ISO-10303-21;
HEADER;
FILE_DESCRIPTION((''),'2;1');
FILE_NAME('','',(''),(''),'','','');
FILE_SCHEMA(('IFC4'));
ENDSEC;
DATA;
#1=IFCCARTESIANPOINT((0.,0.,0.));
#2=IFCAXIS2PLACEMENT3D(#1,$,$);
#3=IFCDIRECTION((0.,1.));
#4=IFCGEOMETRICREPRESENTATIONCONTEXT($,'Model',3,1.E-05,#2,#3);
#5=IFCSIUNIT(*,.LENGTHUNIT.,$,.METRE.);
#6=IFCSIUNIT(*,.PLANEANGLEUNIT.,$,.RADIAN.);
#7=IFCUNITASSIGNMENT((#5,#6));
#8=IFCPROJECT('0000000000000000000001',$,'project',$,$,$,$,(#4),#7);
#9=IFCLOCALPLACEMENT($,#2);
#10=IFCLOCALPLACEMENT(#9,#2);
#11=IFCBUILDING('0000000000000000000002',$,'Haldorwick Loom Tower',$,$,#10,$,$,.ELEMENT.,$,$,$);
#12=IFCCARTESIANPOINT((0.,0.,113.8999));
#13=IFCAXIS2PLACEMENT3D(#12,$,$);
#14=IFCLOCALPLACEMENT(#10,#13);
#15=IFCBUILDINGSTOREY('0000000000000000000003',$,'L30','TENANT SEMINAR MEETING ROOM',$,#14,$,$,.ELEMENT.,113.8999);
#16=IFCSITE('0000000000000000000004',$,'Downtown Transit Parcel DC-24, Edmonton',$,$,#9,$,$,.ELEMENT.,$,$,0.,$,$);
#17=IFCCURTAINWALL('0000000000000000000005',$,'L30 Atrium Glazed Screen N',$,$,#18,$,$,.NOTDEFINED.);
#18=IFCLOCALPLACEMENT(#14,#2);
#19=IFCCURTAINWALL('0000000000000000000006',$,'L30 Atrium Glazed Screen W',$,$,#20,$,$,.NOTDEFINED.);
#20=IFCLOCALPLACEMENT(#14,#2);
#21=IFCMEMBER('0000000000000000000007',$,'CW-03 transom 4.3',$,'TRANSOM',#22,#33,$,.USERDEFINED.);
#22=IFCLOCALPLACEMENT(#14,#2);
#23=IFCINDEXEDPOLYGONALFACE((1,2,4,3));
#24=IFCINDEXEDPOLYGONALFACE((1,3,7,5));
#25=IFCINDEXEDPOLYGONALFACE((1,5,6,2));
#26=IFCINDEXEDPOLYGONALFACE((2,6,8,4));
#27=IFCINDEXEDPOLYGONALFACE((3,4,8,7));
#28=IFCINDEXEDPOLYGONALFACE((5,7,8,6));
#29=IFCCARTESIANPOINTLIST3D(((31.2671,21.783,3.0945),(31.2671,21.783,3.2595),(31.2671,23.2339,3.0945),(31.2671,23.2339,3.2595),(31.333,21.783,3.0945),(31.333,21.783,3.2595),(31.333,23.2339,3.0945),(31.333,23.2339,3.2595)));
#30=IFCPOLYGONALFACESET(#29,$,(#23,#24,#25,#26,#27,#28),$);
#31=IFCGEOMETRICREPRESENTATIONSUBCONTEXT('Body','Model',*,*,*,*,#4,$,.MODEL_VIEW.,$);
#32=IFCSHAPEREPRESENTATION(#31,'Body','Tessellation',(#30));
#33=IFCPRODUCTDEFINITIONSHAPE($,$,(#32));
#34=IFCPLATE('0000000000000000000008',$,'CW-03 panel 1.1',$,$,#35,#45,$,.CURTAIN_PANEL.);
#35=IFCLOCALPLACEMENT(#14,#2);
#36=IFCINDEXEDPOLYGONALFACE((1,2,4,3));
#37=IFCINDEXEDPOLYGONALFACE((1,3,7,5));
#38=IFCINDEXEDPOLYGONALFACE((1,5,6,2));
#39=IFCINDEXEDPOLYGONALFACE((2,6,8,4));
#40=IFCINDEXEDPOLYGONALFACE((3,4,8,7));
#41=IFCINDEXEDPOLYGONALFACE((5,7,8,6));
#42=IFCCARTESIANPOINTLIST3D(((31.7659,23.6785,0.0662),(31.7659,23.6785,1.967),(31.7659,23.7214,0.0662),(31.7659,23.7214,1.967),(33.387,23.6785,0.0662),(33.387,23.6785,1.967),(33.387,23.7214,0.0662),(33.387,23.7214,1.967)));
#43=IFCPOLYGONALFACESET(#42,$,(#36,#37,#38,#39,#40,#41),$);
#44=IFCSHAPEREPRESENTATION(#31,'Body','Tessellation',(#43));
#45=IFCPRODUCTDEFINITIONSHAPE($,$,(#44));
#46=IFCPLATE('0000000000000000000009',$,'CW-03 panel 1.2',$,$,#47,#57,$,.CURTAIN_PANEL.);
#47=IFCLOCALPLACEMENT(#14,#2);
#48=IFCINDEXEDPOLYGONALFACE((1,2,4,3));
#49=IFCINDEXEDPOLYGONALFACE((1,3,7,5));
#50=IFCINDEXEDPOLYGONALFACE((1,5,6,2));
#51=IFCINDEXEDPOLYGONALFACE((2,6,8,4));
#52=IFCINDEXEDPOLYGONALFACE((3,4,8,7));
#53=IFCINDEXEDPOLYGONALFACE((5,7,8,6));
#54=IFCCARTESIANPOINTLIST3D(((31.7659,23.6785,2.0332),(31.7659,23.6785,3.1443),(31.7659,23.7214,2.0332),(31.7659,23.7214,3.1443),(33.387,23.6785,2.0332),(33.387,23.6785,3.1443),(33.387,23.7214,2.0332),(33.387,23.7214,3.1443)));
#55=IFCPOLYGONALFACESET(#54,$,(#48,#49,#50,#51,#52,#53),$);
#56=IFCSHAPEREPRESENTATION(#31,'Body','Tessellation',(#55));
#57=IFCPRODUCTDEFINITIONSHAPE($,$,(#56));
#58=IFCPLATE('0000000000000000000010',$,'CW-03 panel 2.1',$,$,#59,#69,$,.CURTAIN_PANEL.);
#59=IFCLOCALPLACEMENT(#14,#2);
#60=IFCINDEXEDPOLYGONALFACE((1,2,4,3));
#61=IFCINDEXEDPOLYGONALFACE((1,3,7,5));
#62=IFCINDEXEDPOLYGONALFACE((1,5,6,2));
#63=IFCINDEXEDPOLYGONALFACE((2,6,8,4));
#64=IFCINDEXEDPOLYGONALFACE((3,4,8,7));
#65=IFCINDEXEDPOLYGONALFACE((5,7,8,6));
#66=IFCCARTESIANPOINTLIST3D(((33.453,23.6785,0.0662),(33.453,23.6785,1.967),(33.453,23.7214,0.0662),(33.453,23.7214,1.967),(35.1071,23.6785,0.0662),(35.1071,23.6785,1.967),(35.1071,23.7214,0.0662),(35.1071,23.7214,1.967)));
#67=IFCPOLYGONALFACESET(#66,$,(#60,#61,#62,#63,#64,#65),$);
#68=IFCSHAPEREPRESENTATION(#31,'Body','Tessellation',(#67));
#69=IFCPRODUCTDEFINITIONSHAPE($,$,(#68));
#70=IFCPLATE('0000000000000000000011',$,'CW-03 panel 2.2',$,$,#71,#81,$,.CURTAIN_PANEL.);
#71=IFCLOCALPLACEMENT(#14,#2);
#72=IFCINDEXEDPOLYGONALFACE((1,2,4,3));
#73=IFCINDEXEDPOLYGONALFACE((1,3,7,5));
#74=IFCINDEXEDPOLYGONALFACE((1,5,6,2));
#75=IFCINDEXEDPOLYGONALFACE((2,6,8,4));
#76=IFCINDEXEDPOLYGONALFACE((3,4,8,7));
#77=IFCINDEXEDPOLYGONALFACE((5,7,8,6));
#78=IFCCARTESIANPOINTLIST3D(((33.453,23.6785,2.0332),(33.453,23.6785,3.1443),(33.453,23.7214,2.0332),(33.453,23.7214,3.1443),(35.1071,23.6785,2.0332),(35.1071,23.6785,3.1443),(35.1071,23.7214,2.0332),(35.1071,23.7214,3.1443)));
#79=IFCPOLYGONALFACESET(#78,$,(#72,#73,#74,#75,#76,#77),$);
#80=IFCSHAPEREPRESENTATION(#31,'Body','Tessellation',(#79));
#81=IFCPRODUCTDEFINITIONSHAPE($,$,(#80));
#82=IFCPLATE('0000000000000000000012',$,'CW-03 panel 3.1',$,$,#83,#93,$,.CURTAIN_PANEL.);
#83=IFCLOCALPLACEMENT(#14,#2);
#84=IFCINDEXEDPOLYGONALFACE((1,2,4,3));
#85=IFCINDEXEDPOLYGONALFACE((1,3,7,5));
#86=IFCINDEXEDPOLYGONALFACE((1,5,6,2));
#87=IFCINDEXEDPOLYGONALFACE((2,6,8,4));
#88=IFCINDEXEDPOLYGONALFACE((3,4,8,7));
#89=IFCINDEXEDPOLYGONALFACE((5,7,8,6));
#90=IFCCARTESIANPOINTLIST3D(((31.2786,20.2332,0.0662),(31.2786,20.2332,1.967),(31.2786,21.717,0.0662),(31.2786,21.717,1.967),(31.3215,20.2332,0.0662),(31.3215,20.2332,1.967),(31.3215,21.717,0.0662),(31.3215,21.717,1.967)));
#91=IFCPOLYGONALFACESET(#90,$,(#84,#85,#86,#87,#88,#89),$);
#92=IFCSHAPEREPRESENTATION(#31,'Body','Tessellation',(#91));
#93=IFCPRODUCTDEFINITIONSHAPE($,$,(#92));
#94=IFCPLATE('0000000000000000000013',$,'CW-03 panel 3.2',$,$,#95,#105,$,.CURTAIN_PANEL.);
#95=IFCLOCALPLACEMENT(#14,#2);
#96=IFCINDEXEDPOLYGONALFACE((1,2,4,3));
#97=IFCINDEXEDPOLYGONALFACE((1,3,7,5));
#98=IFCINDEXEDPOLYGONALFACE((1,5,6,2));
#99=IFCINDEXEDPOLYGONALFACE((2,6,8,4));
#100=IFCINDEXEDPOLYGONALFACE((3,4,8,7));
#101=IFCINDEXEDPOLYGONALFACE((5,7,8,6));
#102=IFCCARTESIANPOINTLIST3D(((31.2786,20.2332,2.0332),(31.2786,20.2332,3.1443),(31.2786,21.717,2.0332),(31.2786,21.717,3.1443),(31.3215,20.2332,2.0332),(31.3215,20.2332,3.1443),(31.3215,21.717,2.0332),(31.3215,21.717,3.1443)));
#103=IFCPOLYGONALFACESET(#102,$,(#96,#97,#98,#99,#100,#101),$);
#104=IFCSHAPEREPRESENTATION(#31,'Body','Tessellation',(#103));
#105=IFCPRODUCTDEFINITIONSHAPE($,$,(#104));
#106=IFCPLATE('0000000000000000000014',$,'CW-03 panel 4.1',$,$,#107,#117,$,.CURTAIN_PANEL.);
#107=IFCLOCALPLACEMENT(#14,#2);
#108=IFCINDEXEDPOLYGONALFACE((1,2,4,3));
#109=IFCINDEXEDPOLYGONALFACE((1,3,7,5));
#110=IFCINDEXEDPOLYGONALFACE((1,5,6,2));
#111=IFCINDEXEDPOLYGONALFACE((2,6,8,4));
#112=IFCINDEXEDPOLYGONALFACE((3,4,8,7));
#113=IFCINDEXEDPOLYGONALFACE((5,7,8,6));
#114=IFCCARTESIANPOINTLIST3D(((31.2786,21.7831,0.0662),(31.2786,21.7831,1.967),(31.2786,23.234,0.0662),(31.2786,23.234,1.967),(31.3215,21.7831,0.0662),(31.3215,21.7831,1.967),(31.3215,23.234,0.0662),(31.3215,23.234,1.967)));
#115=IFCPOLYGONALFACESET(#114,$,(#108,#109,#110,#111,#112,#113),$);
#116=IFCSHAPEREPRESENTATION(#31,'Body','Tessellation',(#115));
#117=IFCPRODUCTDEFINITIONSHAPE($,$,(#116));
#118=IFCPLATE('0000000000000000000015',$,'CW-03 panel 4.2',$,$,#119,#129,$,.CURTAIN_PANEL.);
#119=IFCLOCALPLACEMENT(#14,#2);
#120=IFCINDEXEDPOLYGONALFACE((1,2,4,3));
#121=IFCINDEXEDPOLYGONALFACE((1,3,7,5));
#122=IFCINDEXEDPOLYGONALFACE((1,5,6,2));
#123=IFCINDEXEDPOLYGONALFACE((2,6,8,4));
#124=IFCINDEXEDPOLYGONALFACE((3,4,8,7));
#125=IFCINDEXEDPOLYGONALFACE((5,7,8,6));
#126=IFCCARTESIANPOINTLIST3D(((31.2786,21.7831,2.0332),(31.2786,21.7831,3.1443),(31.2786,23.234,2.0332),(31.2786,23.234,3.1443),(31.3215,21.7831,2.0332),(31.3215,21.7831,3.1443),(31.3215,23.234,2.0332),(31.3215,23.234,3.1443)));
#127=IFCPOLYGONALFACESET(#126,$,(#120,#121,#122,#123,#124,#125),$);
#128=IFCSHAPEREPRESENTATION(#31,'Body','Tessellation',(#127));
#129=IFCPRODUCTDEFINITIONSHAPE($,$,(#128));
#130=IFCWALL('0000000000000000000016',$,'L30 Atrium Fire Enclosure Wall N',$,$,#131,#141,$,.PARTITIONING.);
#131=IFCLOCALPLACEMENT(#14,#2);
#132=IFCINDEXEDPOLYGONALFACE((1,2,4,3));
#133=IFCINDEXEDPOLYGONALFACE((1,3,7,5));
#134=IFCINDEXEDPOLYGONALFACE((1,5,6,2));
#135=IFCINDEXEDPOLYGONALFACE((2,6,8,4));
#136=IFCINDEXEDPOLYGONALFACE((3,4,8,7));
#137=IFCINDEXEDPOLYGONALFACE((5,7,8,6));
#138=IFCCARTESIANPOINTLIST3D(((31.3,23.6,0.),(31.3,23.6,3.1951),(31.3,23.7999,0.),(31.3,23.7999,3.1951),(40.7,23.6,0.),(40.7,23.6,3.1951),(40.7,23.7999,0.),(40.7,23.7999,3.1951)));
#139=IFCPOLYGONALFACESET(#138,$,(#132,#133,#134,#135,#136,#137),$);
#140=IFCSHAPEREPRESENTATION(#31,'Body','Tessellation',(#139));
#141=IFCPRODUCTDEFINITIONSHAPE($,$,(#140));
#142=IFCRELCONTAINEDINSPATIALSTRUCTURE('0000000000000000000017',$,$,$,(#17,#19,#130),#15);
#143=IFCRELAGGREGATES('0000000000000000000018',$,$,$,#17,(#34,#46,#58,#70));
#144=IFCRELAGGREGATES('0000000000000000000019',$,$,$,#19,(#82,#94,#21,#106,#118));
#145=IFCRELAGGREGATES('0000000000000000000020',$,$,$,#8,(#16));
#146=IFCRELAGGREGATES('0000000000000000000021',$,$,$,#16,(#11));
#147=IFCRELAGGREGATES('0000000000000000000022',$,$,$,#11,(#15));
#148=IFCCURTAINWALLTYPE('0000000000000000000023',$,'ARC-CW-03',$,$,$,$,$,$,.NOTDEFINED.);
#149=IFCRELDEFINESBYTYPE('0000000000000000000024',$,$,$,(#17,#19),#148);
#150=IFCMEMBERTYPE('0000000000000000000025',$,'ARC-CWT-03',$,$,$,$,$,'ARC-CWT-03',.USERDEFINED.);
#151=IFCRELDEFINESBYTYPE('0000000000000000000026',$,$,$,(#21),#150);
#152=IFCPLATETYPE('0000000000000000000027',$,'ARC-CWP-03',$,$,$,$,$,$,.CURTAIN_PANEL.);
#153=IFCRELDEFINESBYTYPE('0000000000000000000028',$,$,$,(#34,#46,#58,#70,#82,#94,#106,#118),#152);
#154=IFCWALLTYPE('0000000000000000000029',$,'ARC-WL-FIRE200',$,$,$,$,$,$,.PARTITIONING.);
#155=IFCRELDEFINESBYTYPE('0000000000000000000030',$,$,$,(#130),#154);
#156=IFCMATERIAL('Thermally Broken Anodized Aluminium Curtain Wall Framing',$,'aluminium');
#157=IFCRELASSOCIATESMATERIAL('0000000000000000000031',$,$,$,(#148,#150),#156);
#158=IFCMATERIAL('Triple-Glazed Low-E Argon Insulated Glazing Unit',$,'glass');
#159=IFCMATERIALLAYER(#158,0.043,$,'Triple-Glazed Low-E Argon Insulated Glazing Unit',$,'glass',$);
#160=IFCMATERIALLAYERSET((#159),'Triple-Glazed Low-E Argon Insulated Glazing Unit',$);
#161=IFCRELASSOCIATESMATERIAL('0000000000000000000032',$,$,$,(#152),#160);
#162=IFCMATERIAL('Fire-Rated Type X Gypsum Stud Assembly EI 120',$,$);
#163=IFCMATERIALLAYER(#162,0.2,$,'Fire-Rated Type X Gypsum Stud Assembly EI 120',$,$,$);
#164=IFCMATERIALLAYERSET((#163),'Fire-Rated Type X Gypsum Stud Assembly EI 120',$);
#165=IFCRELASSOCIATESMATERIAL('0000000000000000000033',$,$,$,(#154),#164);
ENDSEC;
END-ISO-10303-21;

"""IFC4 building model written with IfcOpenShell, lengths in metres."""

from ifc_helpers import new_model, si_unit, direction, frame, frame_2d, origin, origin_2d, place, context, subcontext, project, spatial, rectangle, extrude, material, layer, layer_set, material_profile, profile_set, type_object, element, aggregate, save


model = new_model("IFC4")

# Units and contexts
model_context = context("Model", 3, precision=1e-05, world=origin(), true_north=direction((0.0, 1.0)))
body_context = subcontext(model_context, "Body", "Model", "MODEL_VIEW")
ifc_project = project(units=[si_unit("LENGTHUNIT", "METRE"), si_unit("PLANEANGLEUNIT", "RADIAN")], contexts=[model_context])

# Site, building, storey
site_placement = place(None, origin())
site = spatial("IfcSite", under=ifc_project, at=site_placement, Name="Downtown Transit Parcel DC-24, Edmonton", CompositionType="ELEMENT", RefElevation=0.0)
building_placement = place(site_placement, origin())
building = spatial("IfcBuilding", under=site, at=building_placement, Name="Haldorwick Loom Tower", CompositionType="ELEMENT")
storey_placement = place(building_placement, frame((0.0, 0.0, 113.8999)))
storey = spatial("IfcBuildingStorey", under=building, at=storey_placement, Name="L30", Description="TENANT SEMINAR MEETING ROOM", CompositionType="ELEMENT", Elevation=113.8999)

# Curtain walls
ifc_material_1 = material(Name="Thermally Broken Anodized Aluminium Curtain Wall Framing", Category="aluminium")
curtain_wall_type = type_object("IfcCurtainWallType", Name="ARC-CW-03", PredefinedType="NOTDEFINED", material=ifc_material_1)
curtain_wall_1_placement = place(storey_placement, origin())
curtain_wall_1 = element("IfcCurtainWall", 1, at=curtain_wall_1_placement, inside=storey, type_object=curtain_wall_type, Name="L30 Atrium Glazed Screen N", PredefinedType="NOTDEFINED")
curtain_wall_2_placement = place(storey_placement, origin())
curtain_wall_2 = element("IfcCurtainWall", 2, at=curtain_wall_2_placement, inside=storey, type_object=curtain_wall_type, Name="L30 Atrium Glazed Screen W", PredefinedType="NOTDEFINED")

# Member
ifc_material_profile_1 = material_profile(ifc_material_1, rectangle(XDim=0.0659, YDim=0.165, at=origin_2d()), Name="ALU_TRN_66X165", Category="aluminium")
ifc_profile_set_1 = profile_set([ifc_material_profile_1], Name="Thermally Broken Anodized Aluminium Curtain Wall Framing")
member_type_1 = type_object("IfcMemberType", Name="ARC-CWT-03", ElementType="ARC-CWT-03", PredefinedType="USERDEFINED", material=ifc_profile_set_1)
member_1_placement = place(storey_placement, frame((31.3, 21.783, 3.177), z_axis=(0.0, 1.0, 0.0), x_axis=(-1.0, 0.0, 0.0)))
member_1 = element("IfcMember", 3, at=member_1_placement, type_object=member_type_1, Name="CW-03 transom 4.3", ObjectType="TRANSOM", PredefinedType="USERDEFINED", context=body_context, shape_type="SweptSolid", body=[
    extrude(rectangle(XDim=0.0659, YDim=0.165, at=origin_2d()), origin(), (0.0, 0.0, 1.0), 1.4509),
])

# Plates
ifc_material_2 = material(Name="Triple-Glazed Low-E Argon Insulated Glazing Unit", Category="glass")
ifc_layer_1 = layer(ifc_material_2, 0.043, Name="Triple-Glazed Low-E Argon Insulated Glazing Unit", Category="glass")
ifc_layer_set_1 = layer_set([ifc_layer_1], Name="Triple-Glazed Low-E Argon Insulated Glazing Unit")
plate_type = type_object("IfcPlateType", Name="ARC-CWP-03", PredefinedType="CURTAIN_PANEL", material=ifc_layer_set_1)
plate_1_placement = place(storey_placement, frame((32.5764, 23.7, 0.0662), z_axis=(0.0, 0.0, 1.0), x_axis=(1.0, 0.0, 0.0)))
plate_1 = element("IfcPlate", 4, at=plate_1_placement, type_object=plate_type, Name="CW-03 panel 1.1", PredefinedType="CURTAIN_PANEL", context=body_context, shape_type="SweptSolid", body=[
    extrude(rectangle(XDim=1.6211, YDim=0.043, at=origin_2d()), origin(), (0.0, 0.0, 1.0), 1.9009),
])
plate_2_placement = place(storey_placement, frame((32.5764, 23.7, 2.0332), z_axis=(0.0, 0.0, 1.0), x_axis=(1.0, 0.0, 0.0)))
plate_2 = element("IfcPlate", 5, at=plate_2_placement, type_object=plate_type, Name="CW-03 panel 1.2", PredefinedType="CURTAIN_PANEL", context=body_context, shape_type="SweptSolid", body=[
    extrude(rectangle(XDim=1.6211, YDim=0.043, at=origin_2d()), origin(), (0.0, 0.0, 1.0), 1.1111),
])
plate_3_placement = place(storey_placement, frame((34.28, 23.7, 0.0662), z_axis=(0.0, 0.0, 1.0), x_axis=(1.0, 0.0, 0.0)))
plate_3 = element("IfcPlate", 6, at=plate_3_placement, type_object=plate_type, Name="CW-03 panel 2.1", PredefinedType="CURTAIN_PANEL", context=body_context, shape_type="SweptSolid", body=[
    extrude(rectangle(XDim=1.6541, YDim=0.043, at=origin_2d()), origin(), (0.0, 0.0, 1.0), 1.9009),
])
plate_4_placement = place(storey_placement, frame((34.28, 23.7, 2.0332), z_axis=(0.0, 0.0, 1.0), x_axis=(1.0, 0.0, 0.0)))
plate_4 = element("IfcPlate", 7, at=plate_4_placement, type_object=plate_type, Name="CW-03 panel 2.2", PredefinedType="CURTAIN_PANEL", context=body_context, shape_type="SweptSolid", body=[
    extrude(rectangle(XDim=1.6541, YDim=0.043, at=origin_2d()), origin(), (0.0, 0.0, 1.0), 1.1111),
])
aggregate(curtain_wall_1, [plate_1, plate_2, plate_3, plate_4])
plate_5_placement = place(storey_placement, frame((31.3, 20.9751, 0.0662), z_axis=(0.0, 0.0, 1.0), x_axis=(0.0, 1.0, 0.0)))
plate_5 = element("IfcPlate", 8, at=plate_5_placement, type_object=plate_type, Name="CW-03 panel 3.1", PredefinedType="CURTAIN_PANEL", context=body_context, shape_type="SweptSolid", body=[
    extrude(rectangle(XDim=1.4839, YDim=0.043, at=origin_2d()), origin(), (0.0, 0.0, 1.0), 1.9009),
])
plate_6_placement = place(storey_placement, frame((31.3, 20.9751, 2.0332), z_axis=(0.0, 0.0, 1.0), x_axis=(0.0, 1.0, 0.0)))
plate_6 = element("IfcPlate", 9, at=plate_6_placement, type_object=plate_type, Name="CW-03 panel 3.2", PredefinedType="CURTAIN_PANEL", context=body_context, shape_type="SweptSolid", body=[
    extrude(rectangle(XDim=1.4839, YDim=0.043, at=origin_2d()), origin(), (0.0, 0.0, 1.0), 1.1111),
])
plate_7_placement = place(storey_placement, frame((31.3, 22.5085, 0.0662), z_axis=(0.0, 0.0, 1.0), x_axis=(0.0, 1.0, 0.0)))
plate_7 = element("IfcPlate", 10, at=plate_7_placement, type_object=plate_type, Name="CW-03 panel 4.1", PredefinedType="CURTAIN_PANEL", context=body_context, shape_type="SweptSolid", body=[
    extrude(rectangle(XDim=1.4509, YDim=0.043, at=origin_2d()), origin(), (0.0, 0.0, 1.0), 1.9009),
])
plate_8_placement = place(storey_placement, frame((31.3, 22.5085, 2.0332), z_axis=(0.0, 0.0, 1.0), x_axis=(0.0, 1.0, 0.0)))
plate_8 = element("IfcPlate", 11, at=plate_8_placement, type_object=plate_type, Name="CW-03 panel 4.2", PredefinedType="CURTAIN_PANEL", context=body_context, shape_type="SweptSolid", body=[
    extrude(rectangle(XDim=1.4509, YDim=0.043, at=origin_2d()), origin(), (0.0, 0.0, 1.0), 1.1111),
])
aggregate(curtain_wall_2, [plate_5, plate_6, member_1, plate_7, plate_8])

# Wall
ifc_material_3 = material(Name="Fire-Rated Type X Gypsum Stud Assembly EI 120")
ifc_layer_2 = layer(ifc_material_3, 0.2, Name="Fire-Rated Type X Gypsum Stud Assembly EI 120")
ifc_layer_set_2 = layer_set([ifc_layer_2], Name="Fire-Rated Type X Gypsum Stud Assembly EI 120")
wall_type = type_object("IfcWallType", Name="ARC-WL-FIRE200", PredefinedType="PARTITIONING", material=ifc_layer_set_2)
wall_placement = place(storey_placement, frame((31.3, 23.7, 0.0), z_axis=(0.0, 0.0, 1.0), x_axis=(1.0, 0.0, 0.0)))
element("IfcWall", 12, at=wall_placement, inside=storey, type_object=wall_type, Name="L30 Atrium Fire Enclosure Wall N", PredefinedType="PARTITIONING", context=body_context, shape_type="SweptSolid", body=[
    extrude(rectangle(XDim=9.3999, YDim=0.2, at=frame_2d((4.7, 0.0))), origin(), (0.0, 0.0, 1.0), 3.1951),
])

save(model, "model.ifc")
